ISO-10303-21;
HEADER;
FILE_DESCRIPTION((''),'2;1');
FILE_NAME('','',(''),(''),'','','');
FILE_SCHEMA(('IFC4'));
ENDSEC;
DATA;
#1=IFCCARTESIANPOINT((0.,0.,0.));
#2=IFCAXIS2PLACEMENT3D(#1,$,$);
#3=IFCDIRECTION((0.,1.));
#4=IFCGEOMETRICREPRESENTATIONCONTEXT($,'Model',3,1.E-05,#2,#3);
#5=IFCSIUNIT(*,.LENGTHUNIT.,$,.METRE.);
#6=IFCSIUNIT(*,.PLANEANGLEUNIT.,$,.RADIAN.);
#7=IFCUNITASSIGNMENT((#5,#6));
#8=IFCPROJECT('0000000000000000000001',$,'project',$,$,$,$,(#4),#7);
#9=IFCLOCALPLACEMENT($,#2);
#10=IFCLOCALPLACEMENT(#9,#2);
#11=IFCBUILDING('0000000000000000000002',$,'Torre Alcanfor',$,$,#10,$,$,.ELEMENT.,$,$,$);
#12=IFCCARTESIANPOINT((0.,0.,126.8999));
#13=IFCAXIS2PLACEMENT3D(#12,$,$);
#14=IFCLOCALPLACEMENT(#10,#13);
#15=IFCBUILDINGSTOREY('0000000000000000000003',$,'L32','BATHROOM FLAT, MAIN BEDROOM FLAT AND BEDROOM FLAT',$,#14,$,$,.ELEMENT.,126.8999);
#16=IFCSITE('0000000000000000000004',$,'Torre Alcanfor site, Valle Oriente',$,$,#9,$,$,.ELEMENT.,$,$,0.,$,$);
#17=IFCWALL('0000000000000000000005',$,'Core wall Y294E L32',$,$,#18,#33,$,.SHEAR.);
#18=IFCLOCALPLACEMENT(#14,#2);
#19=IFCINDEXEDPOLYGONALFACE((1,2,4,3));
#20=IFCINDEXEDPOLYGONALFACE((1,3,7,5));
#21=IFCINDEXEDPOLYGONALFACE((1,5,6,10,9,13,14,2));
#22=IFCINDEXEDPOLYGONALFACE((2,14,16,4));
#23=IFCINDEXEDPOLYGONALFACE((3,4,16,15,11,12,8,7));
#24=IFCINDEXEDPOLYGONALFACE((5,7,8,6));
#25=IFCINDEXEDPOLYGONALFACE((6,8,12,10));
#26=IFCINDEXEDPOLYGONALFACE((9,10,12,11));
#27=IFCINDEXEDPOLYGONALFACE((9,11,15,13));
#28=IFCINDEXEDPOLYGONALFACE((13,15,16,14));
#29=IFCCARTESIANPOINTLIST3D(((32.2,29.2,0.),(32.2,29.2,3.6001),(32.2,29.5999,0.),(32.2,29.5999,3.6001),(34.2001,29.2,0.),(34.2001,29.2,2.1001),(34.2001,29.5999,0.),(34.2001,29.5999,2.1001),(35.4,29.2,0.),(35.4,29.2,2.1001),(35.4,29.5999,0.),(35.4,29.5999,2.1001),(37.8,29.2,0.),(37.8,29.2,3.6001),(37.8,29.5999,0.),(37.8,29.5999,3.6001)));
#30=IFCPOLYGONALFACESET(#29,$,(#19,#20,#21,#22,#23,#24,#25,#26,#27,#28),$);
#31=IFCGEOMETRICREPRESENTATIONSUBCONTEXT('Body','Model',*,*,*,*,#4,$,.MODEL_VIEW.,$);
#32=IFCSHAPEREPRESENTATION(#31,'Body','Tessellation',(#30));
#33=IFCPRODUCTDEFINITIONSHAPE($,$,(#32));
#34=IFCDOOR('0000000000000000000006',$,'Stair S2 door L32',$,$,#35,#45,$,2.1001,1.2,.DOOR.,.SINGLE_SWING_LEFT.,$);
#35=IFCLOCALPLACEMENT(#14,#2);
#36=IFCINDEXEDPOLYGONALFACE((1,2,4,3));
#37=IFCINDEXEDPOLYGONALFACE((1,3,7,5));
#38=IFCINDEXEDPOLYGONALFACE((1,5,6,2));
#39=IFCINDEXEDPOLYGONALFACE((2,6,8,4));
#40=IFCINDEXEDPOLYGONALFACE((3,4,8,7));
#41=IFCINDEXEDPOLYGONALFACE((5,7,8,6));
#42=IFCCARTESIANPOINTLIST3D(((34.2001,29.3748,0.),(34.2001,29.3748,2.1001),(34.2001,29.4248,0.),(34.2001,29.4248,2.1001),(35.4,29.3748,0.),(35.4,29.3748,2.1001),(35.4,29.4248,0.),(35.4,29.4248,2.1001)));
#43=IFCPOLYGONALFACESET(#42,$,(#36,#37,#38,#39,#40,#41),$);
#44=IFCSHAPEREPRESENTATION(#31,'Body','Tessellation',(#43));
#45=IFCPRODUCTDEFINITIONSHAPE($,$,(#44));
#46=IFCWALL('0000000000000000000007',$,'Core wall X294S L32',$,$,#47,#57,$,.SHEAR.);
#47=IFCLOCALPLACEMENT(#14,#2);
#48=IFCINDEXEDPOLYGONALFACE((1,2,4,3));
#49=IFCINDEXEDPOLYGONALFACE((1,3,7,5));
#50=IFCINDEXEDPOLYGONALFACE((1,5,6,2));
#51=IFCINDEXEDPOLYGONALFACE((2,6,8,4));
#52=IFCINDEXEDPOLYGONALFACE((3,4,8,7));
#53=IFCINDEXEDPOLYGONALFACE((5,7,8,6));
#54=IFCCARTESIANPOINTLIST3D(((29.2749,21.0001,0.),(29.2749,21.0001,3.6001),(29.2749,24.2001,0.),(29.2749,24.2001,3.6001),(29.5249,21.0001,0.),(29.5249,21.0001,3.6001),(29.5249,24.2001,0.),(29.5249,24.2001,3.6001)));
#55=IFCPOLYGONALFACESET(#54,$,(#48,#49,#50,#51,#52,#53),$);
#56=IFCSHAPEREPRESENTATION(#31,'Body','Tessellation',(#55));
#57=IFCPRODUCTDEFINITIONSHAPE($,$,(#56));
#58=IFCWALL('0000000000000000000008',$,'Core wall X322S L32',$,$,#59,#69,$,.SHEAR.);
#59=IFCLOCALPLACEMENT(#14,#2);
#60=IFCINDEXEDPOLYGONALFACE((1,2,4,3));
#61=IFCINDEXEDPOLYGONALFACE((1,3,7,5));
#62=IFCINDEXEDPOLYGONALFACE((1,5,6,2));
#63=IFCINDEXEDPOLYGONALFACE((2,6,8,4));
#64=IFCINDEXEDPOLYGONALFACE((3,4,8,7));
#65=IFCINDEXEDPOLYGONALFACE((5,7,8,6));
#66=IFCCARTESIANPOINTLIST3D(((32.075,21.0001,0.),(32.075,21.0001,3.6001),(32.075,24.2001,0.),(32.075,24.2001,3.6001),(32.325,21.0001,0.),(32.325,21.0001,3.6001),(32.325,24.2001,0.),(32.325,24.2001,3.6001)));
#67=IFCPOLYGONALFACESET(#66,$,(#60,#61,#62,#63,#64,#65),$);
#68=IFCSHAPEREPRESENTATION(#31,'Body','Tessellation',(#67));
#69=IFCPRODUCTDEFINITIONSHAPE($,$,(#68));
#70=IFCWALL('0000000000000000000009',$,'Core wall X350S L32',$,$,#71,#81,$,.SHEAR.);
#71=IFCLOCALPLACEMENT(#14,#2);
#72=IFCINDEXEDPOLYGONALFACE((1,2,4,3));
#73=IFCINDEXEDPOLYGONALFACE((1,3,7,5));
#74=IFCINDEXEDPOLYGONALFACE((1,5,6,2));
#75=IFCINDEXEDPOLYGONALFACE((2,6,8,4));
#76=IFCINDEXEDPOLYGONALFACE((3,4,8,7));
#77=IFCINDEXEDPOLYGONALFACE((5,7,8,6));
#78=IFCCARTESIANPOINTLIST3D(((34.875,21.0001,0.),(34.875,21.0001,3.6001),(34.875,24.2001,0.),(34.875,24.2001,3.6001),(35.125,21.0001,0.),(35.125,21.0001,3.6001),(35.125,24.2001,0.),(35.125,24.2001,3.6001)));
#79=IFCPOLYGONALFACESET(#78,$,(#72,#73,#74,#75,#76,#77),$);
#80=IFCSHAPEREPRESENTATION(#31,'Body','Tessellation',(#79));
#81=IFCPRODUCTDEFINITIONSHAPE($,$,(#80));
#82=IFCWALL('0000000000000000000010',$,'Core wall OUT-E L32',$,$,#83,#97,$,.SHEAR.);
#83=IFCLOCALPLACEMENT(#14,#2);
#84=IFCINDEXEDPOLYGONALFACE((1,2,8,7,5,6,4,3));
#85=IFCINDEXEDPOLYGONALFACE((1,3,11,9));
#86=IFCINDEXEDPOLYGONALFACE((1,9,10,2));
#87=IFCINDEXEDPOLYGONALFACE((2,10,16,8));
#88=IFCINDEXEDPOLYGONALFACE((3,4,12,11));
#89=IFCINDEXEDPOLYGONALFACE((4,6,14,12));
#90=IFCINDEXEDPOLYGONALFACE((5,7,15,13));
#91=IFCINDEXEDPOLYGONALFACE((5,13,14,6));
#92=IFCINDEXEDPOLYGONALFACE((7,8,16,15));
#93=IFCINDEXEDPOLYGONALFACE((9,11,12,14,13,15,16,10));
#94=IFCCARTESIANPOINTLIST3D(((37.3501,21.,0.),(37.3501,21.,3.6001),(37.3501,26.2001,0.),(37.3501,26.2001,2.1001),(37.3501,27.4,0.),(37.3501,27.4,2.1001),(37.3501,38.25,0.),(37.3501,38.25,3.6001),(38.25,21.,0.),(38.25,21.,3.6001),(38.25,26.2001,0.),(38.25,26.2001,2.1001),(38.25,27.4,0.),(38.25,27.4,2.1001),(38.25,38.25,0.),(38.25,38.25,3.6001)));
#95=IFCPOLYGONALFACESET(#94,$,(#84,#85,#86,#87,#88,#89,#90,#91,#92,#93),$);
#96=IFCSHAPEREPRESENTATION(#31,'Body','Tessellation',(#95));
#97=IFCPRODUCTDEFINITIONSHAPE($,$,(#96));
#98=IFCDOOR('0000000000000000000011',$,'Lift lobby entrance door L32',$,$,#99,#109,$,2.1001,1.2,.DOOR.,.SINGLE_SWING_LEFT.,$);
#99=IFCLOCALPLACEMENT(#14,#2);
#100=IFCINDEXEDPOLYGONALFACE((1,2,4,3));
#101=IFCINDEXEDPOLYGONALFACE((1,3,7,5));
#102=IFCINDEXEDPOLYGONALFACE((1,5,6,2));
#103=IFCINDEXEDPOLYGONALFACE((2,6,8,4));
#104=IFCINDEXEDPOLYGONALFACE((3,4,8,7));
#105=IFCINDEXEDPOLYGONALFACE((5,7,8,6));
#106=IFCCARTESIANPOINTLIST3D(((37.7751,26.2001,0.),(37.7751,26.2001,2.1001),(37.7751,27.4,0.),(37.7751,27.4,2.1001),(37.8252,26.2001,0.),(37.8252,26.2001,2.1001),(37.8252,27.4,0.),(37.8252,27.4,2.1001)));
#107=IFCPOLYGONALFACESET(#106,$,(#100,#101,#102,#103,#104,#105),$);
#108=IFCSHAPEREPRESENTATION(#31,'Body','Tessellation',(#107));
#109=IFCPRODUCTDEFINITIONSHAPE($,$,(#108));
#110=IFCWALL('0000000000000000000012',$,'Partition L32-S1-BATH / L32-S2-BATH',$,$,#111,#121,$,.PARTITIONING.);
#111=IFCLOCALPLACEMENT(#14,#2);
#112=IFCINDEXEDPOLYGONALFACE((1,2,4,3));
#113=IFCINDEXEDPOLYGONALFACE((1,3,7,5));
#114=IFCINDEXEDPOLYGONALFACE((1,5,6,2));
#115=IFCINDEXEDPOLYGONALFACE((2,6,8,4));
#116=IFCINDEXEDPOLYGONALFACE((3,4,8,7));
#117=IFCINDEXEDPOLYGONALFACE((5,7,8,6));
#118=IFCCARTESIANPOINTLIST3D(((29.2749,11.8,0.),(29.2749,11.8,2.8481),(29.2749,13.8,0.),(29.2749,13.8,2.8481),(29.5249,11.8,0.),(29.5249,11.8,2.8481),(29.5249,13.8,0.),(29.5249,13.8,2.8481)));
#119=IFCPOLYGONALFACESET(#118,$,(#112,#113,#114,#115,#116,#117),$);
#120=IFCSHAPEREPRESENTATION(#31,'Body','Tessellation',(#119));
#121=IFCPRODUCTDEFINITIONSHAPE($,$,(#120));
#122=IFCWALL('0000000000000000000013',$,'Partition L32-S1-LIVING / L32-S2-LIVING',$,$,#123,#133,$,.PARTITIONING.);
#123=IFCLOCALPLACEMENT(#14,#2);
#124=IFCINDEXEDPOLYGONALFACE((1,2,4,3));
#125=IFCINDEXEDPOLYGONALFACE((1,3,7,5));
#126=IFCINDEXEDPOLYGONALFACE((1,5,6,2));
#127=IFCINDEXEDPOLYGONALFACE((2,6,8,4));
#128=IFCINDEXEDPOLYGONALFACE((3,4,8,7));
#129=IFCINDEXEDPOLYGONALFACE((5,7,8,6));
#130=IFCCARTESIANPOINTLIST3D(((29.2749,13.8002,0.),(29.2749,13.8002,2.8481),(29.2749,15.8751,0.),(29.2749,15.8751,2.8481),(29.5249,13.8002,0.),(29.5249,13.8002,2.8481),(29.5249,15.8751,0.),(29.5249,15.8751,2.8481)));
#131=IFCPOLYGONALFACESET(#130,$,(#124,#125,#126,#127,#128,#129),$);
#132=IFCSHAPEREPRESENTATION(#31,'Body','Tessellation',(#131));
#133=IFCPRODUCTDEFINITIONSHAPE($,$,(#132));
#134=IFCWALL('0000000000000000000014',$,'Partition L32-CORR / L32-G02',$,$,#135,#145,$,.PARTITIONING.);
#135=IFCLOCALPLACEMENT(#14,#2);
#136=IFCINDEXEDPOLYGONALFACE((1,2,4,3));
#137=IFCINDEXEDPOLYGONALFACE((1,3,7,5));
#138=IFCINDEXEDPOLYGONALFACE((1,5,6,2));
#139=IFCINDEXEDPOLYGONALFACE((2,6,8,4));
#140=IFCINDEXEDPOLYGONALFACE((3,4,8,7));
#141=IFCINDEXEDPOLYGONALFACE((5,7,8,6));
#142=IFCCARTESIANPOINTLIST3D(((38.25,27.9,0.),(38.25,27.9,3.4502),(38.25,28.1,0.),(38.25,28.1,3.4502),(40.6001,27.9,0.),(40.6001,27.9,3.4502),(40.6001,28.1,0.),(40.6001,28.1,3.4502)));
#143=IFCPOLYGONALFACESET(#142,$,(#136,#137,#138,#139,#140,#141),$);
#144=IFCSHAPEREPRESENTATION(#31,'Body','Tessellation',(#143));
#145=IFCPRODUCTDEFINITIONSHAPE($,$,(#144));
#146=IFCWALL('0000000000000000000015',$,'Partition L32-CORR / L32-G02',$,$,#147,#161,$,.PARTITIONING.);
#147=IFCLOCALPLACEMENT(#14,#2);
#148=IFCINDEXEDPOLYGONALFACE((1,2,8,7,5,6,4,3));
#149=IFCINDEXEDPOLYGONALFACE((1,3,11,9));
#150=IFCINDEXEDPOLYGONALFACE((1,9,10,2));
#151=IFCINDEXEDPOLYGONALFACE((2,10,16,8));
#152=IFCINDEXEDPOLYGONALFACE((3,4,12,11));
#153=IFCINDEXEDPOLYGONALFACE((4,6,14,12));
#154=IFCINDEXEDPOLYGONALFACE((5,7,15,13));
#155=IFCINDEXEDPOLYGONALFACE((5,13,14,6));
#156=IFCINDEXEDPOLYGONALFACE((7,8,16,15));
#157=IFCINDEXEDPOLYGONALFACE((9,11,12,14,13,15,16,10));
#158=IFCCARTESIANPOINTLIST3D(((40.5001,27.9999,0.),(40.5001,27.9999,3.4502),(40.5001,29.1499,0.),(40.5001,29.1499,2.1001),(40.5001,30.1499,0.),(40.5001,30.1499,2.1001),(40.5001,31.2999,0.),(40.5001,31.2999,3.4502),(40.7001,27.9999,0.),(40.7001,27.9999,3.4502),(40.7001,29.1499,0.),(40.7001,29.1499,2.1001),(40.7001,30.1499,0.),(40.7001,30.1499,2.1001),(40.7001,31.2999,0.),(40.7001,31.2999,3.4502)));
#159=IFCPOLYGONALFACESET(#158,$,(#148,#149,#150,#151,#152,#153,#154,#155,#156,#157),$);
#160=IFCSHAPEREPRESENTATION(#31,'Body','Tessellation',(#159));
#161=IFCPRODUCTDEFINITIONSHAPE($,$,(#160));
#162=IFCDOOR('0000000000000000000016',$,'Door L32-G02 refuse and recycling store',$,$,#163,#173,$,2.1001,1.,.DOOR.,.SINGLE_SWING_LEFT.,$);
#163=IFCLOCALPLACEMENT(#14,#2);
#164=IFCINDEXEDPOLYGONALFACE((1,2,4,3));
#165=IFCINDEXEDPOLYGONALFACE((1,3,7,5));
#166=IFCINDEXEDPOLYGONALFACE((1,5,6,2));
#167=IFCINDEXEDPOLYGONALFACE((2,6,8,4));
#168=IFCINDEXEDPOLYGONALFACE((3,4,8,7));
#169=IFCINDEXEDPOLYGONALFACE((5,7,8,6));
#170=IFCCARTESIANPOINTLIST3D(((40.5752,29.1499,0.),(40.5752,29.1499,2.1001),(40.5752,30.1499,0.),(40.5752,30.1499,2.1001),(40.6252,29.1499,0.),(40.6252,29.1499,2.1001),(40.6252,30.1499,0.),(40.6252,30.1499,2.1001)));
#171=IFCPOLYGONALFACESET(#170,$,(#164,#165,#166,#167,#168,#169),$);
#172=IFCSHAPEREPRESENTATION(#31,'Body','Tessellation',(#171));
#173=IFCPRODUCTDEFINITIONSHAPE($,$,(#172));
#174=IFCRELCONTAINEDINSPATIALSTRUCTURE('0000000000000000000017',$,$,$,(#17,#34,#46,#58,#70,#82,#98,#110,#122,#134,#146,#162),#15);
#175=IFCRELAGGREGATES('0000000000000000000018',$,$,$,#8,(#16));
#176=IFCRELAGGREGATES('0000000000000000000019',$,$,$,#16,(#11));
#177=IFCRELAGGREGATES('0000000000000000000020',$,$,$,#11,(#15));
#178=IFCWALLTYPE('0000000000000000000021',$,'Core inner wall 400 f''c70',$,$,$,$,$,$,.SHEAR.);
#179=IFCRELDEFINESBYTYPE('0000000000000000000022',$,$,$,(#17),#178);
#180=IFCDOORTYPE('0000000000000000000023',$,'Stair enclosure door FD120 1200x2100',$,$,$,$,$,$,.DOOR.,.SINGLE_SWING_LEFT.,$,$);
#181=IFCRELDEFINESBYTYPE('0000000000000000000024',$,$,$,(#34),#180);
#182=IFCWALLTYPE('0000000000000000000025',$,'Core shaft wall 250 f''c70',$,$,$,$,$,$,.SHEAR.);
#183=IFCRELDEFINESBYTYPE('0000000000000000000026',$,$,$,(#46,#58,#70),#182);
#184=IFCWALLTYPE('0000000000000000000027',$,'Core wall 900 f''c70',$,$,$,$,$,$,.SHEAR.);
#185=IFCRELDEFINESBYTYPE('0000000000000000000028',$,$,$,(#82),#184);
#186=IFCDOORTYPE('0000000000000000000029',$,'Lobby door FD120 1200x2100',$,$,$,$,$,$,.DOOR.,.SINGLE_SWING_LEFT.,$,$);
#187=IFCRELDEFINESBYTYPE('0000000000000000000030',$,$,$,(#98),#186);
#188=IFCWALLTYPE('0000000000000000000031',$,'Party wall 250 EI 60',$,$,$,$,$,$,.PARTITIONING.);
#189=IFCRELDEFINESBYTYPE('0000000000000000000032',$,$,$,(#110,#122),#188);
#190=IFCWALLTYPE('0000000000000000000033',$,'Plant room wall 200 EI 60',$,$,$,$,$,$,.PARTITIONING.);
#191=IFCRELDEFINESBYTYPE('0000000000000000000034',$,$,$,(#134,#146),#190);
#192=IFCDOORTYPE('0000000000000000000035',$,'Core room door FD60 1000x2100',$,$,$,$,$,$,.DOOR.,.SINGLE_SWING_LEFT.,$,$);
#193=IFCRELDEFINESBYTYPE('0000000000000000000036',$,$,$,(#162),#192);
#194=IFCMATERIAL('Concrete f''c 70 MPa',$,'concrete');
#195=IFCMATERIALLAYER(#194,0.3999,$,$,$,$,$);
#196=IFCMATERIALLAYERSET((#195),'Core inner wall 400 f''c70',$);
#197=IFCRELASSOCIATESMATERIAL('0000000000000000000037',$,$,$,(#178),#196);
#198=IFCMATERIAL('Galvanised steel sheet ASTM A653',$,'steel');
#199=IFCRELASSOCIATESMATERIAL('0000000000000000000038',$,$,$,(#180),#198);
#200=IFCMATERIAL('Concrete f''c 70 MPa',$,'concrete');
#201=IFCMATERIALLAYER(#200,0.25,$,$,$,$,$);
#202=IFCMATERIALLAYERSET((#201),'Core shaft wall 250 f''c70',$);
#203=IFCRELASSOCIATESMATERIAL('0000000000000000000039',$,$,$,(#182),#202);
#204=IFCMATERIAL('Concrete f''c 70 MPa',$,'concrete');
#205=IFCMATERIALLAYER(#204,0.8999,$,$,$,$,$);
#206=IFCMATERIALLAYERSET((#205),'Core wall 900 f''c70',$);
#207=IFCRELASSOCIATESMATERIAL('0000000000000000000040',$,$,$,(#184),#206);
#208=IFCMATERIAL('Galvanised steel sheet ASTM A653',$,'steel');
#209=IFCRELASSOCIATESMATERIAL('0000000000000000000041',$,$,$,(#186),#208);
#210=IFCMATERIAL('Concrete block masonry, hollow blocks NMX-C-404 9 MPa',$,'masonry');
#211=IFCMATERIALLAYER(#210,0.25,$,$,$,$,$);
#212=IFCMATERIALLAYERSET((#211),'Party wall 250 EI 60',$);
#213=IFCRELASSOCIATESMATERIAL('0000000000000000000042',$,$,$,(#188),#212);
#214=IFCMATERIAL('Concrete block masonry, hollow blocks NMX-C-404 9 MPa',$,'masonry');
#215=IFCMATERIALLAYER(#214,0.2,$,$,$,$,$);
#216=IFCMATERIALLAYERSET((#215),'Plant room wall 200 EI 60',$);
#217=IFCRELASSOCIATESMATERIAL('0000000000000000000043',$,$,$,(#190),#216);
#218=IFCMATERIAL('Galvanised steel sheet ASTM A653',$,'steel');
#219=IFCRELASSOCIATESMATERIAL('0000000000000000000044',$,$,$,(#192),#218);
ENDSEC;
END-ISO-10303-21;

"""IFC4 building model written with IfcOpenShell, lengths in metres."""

from ifc_helpers import new_model, si_unit, direction, frame, frame_2d, origin, place, context, subcontext, project, spatial, rectangle, extrude, material, layer, layer_set, type_object, element, fill, save


model = new_model("IFC4")

# Units and contexts
model_context = context("Model", 3, precision=1e-05, world=origin(), true_north=direction((0.0, 1.0)))
body_context = subcontext(model_context, "Body", "Model", "MODEL_VIEW")
ifc_project = project(units=[si_unit("LENGTHUNIT", "METRE"), si_unit("PLANEANGLEUNIT", "RADIAN")], contexts=[model_context])

# Site, building, storey
site_placement = place(None, origin())
site = spatial("IfcSite", under=ifc_project, at=site_placement, Name="Torre Alcanfor site, Valle Oriente", CompositionType="ELEMENT", RefElevation=0.0)
building_placement = place(site_placement, origin())
building = spatial("IfcBuilding", under=site, at=building_placement, Name="Torre Alcanfor", CompositionType="ELEMENT")
storey_placement = place(building_placement, frame((0.0, 0.0, 126.8999)))
storey = spatial("IfcBuildingStorey", under=building, at=storey_placement, Name="L32", Description="BATHROOM FLAT, MAIN BEDROOM FLAT AND BEDROOM FLAT", CompositionType="ELEMENT", Elevation=126.8999)

# Shared definitions
ifc_material_1 = material(Name="Concrete f'c 70 MPa", Category="concrete")
ifc_layer_1 = layer(ifc_material_1, 0.3999)
ifc_layer_set_1 = layer_set([ifc_layer_1], Name="Core inner wall 400 f'c70")
wall_type_1 = type_object("IfcWallType", Name="Core inner wall 400 f'c70", PredefinedType="SHEAR", material=ifc_layer_set_1)

# Wall, opening, door
wall_1_placement = place(storey_placement, frame((32.2, 29.3999, 0.0), z_axis=(0.0, 0.0, 1.0), x_axis=(1.0, 0.0, 0.0)))
wall_1 = element("IfcWall", 1, at=wall_1_placement, inside=storey, type_object=wall_type_1, Name="Core wall Y294E L32", PredefinedType="SHEAR", context=body_context, shape_type="SweptSolid", body=[
    extrude(rectangle(XDim=5.6001, YDim=0.3999, at=frame_2d((2.8, 0.0))), origin(), (0.0, 0.0, 1.0), 3.6001),
])
opening_1_placement = place(wall_1_placement, frame((2.0, 0.0, 0.0)))
opening_1 = element("IfcOpeningElement", 2, at=opening_1_placement, cuts=wall_1, PredefinedType="OPENING", context=body_context, shape_type="SweptSolid", body=[
    extrude(rectangle(XDim=1.2, YDim=2.1001, at=frame_2d((0.6001, 1.05))), frame((0.0, 0.21, 0.0), z_axis=(0.0, -1.0, 0.0), x_axis=(1.0, 0.0, 0.0)), (0.0, 0.0, 1.0), 0.4199),
])
ifc_material_2 = material(Name="Galvanised steel sheet ASTM A653", Category="steel")
door_type_1 = type_object("IfcDoorType", Name="Stair enclosure door FD120 1200x2100", OperationType="SINGLE_SWING_LEFT", PredefinedType="DOOR", material=ifc_material_2)
door_1_placement = place(opening_1_placement, origin())
door_1 = element("IfcDoor", 3, at=door_1_placement, inside=storey, type_object=door_type_1, Name="Stair S2 door L32", OperationType="SINGLE_SWING_LEFT", OverallHeight=2.1001, OverallWidth=1.2, PredefinedType="DOOR", context=body_context, shape_type="SweptSolid", body=[
    extrude(rectangle(XDim=1.2, YDim=2.1001, at=frame_2d((0.6001, 1.05))), frame((0.0, 0.0249, 0.0), z_axis=(0.0, -1.0, 0.0), x_axis=(1.0, 0.0, 0.0)), (0.0, 0.0, 1.0), 0.05),
])
fill(opening_1, door_1)

# Walls
ifc_material_3 = material(Name="Concrete f'c 70 MPa", Category="concrete")
ifc_layer_2 = layer(ifc_material_3, 0.25)
ifc_layer_set_2 = layer_set([ifc_layer_2], Name="Core shaft wall 250 f'c70")
wall_type_2 = type_object("IfcWallType", Name="Core shaft wall 250 f'c70", PredefinedType="SHEAR", material=ifc_layer_set_2)
for number, where, z_axis, x_axis, name in (
    (4, (29.3999, 21.0, 0.0), (0.0, 0.0, 1.0), (0.0, 1.0, 0.0), "Core wall X294S L32"),
    (5, (32.2, 21.0, 0.0), (0.0, 0.0, 1.0), (0.0, 1.0, 0.0), "Core wall X322S L32"),
    (6, (35.0, 21.0, 0.0), (0.0, 0.0, 1.0), (0.0, 1.0, 0.0), "Core wall X350S L32"),
):
    element("IfcWall", number, at=place(storey_placement, frame(where, z_axis=z_axis, x_axis=x_axis)), inside=storey, type_object=wall_type_2, Name=name, PredefinedType="SHEAR", context=body_context, shape_type="SweptSolid", body=[
        extrude(rectangle(XDim=3.2, YDim=0.25, at=frame_2d((1.6001, 0.0))), origin(), (0.0, 0.0, 1.0), 3.6001),
    ])

# Wall, opening, door
ifc_material_4 = material(Name="Concrete f'c 70 MPa", Category="concrete")
ifc_layer_3 = layer(ifc_material_4, 0.8999)
ifc_layer_set_3 = layer_set([ifc_layer_3], Name="Core wall 900 f'c70")
wall_type_3 = type_object("IfcWallType", Name="Core wall 900 f'c70", PredefinedType="SHEAR", material=ifc_layer_set_3)
wall_2_placement = place(storey_placement, frame((37.8, 21.0, 0.0), z_axis=(0.0, 0.0, 1.0), x_axis=(0.0, 1.0, 0.0)))
wall_2 = element("IfcWall", 7, at=wall_2_placement, inside=storey, type_object=wall_type_3, Name="Core wall OUT-E L32", PredefinedType="SHEAR", context=body_context, shape_type="SweptSolid", body=[
    extrude(rectangle(XDim=17.25, YDim=0.8999, at=frame_2d((8.625, 0.0))), origin(), (0.0, 0.0, 1.0), 3.6001),
])
opening_2_placement = place(wall_2_placement, frame((5.2, 0.0, 0.0)))
opening_2 = element("IfcOpeningElement", 8, at=opening_2_placement, cuts=wall_2, PredefinedType="OPENING", context=body_context, shape_type="SweptSolid", body=[
    extrude(rectangle(XDim=1.2, YDim=2.1001, at=frame_2d((0.6001, 1.05))), frame((0.0, 0.46, 0.0), z_axis=(0.0, -1.0, 0.0), x_axis=(1.0, 0.0, 0.0)), (0.0, 0.0, 1.0), 0.9199),
])
ifc_material_5 = material(Name="Galvanised steel sheet ASTM A653", Category="steel")
door_type_2 = type_object("IfcDoorType", Name="Lobby door FD120 1200x2100", OperationType="SINGLE_SWING_LEFT", PredefinedType="DOOR", material=ifc_material_5)
door_2_placement = place(opening_2_placement, origin())
door_2 = element("IfcDoor", 9, at=door_2_placement, inside=storey, type_object=door_type_2, Name="Lift lobby entrance door L32", OperationType="SINGLE_SWING_LEFT", OverallHeight=2.1001, OverallWidth=1.2, PredefinedType="DOOR", context=body_context, shape_type="SweptSolid", body=[
    extrude(rectangle(XDim=1.2, YDim=2.1001, at=frame_2d((0.6001, 1.05))), frame((0.0, 0.0249, 0.0), z_axis=(0.0, -1.0, 0.0), x_axis=(1.0, 0.0, 0.0)), (0.0, 0.0, 1.0), 0.05),
])
fill(opening_2, door_2)

# Walls
ifc_material_6 = material(Name="Concrete block masonry, hollow blocks NMX-C-404 9 MPa", Category="masonry")
ifc_layer_4 = layer(ifc_material_6, 0.25)
ifc_layer_set_4 = layer_set([ifc_layer_4], Name="Party wall 250 EI 60")
wall_type_4 = type_object("IfcWallType", Name="Party wall 250 EI 60", PredefinedType="PARTITIONING", material=ifc_layer_set_4)
wall_3_placement = place(storey_placement, frame((29.3999, 13.8, 0.0), z_axis=(0.0, 0.0, 1.0), x_axis=(0.0, -1.0, 0.0)))
element("IfcWall", 10, at=wall_3_placement, inside=storey, type_object=wall_type_4, Name="Partition L32-S1-BATH / L32-S2-BATH", PredefinedType="PARTITIONING", context=body_context, shape_type="SweptSolid", body=[
    extrude(rectangle(XDim=2.0, YDim=0.25, at=frame_2d((1.0, 0.0))), origin(), (0.0, 0.0, 1.0), 2.8481),
])
wall_4_placement = place(storey_placement, frame((29.3999, 13.8, 0.0), z_axis=(0.0, 0.0, 1.0), x_axis=(0.0, 1.0, 0.0)))
element("IfcWall", 11, at=wall_4_placement, inside=storey, type_object=wall_type_4, Name="Partition L32-S1-LIVING / L32-S2-LIVING", PredefinedType="PARTITIONING", context=body_context, shape_type="SweptSolid", body=[
    extrude(rectangle(XDim=2.075, YDim=0.25, at=frame_2d((1.0376, 0.0))), origin(), (0.0, 0.0, 1.0), 2.8481),
])
ifc_material_7 = material(Name="Concrete block masonry, hollow blocks NMX-C-404 9 MPa", Category="masonry")
ifc_layer_5 = layer(ifc_material_7, 0.2)
ifc_layer_set_5 = layer_set([ifc_layer_5], Name="Plant room wall 200 EI 60")
wall_type_5 = type_object("IfcWallType", Name="Plant room wall 200 EI 60", PredefinedType="PARTITIONING", material=ifc_layer_set_5)
wall_5_placement = place(storey_placement, frame((38.25, 28.0, 0.0), z_axis=(0.0, 0.0, 1.0), x_axis=(1.0, 0.0, 0.0)))
element("IfcWall", 12, at=wall_5_placement, inside=storey, type_object=wall_type_5, Name="Partition L32-CORR / L32-G02", PredefinedType="PARTITIONING", context=body_context, shape_type="SweptSolid", body=[
    extrude(rectangle(XDim=2.3501, YDim=0.2, at=frame_2d((1.175, 0.0))), origin(), (0.0, 0.0, 1.0), 3.4502),
])

# Wall, opening, door
wall_6_placement = place(storey_placement, frame((40.6001, 28.0, 0.0), z_axis=(0.0, 0.0, 1.0), x_axis=(0.0, 1.0, 0.0)))
wall_6 = element("IfcWall", 13, at=wall_6_placement, inside=storey, type_object=wall_type_5, Name="Partition L32-CORR / L32-G02", PredefinedType="PARTITIONING", context=body_context, shape_type="SweptSolid", body=[
    extrude(rectangle(XDim=3.3, YDim=0.2, at=frame_2d((1.6499, 0.0))), origin(), (0.0, 0.0, 1.0), 3.4502),
])
opening_3_placement = place(wall_6_placement, frame((1.1499, 0.0, 0.0)))
opening_3 = element("IfcOpeningElement", 14, at=opening_3_placement, cuts=wall_6, PredefinedType="OPENING", context=body_context, shape_type="SweptSolid", body=[
    extrude(rectangle(XDim=1.0, YDim=2.1001, at=frame_2d((0.5, 1.05))), frame((0.0, 0.1099, 0.0), z_axis=(0.0, -1.0, 0.0), x_axis=(1.0, 0.0, 0.0)), (0.0, 0.0, 1.0), 0.22),
])
ifc_material_8 = material(Name="Galvanised steel sheet ASTM A653", Category="steel")
door_type_3 = type_object("IfcDoorType", Name="Core room door FD60 1000x2100", OperationType="SINGLE_SWING_LEFT", PredefinedType="DOOR", material=ifc_material_8)
door_3_placement = place(opening_3_placement, origin())
door_3 = element("IfcDoor", 15, at=door_3_placement, inside=storey, type_object=door_type_3, Name="Door L32-G02 refuse and recycling store", OperationType="SINGLE_SWING_LEFT", OverallHeight=2.1001, OverallWidth=1.0, PredefinedType="DOOR", context=body_context, shape_type="SweptSolid", body=[
    extrude(rectangle(XDim=1.0, YDim=2.1001, at=frame_2d((0.5, 1.05))), frame((0.0, 0.0249, 0.0), z_axis=(0.0, -1.0, 0.0), x_axis=(1.0, 0.0, 0.0)), (0.0, 0.0, 1.0), 0.05),
])
fill(opening_3, door_3)

save(model, "model.ifc")
